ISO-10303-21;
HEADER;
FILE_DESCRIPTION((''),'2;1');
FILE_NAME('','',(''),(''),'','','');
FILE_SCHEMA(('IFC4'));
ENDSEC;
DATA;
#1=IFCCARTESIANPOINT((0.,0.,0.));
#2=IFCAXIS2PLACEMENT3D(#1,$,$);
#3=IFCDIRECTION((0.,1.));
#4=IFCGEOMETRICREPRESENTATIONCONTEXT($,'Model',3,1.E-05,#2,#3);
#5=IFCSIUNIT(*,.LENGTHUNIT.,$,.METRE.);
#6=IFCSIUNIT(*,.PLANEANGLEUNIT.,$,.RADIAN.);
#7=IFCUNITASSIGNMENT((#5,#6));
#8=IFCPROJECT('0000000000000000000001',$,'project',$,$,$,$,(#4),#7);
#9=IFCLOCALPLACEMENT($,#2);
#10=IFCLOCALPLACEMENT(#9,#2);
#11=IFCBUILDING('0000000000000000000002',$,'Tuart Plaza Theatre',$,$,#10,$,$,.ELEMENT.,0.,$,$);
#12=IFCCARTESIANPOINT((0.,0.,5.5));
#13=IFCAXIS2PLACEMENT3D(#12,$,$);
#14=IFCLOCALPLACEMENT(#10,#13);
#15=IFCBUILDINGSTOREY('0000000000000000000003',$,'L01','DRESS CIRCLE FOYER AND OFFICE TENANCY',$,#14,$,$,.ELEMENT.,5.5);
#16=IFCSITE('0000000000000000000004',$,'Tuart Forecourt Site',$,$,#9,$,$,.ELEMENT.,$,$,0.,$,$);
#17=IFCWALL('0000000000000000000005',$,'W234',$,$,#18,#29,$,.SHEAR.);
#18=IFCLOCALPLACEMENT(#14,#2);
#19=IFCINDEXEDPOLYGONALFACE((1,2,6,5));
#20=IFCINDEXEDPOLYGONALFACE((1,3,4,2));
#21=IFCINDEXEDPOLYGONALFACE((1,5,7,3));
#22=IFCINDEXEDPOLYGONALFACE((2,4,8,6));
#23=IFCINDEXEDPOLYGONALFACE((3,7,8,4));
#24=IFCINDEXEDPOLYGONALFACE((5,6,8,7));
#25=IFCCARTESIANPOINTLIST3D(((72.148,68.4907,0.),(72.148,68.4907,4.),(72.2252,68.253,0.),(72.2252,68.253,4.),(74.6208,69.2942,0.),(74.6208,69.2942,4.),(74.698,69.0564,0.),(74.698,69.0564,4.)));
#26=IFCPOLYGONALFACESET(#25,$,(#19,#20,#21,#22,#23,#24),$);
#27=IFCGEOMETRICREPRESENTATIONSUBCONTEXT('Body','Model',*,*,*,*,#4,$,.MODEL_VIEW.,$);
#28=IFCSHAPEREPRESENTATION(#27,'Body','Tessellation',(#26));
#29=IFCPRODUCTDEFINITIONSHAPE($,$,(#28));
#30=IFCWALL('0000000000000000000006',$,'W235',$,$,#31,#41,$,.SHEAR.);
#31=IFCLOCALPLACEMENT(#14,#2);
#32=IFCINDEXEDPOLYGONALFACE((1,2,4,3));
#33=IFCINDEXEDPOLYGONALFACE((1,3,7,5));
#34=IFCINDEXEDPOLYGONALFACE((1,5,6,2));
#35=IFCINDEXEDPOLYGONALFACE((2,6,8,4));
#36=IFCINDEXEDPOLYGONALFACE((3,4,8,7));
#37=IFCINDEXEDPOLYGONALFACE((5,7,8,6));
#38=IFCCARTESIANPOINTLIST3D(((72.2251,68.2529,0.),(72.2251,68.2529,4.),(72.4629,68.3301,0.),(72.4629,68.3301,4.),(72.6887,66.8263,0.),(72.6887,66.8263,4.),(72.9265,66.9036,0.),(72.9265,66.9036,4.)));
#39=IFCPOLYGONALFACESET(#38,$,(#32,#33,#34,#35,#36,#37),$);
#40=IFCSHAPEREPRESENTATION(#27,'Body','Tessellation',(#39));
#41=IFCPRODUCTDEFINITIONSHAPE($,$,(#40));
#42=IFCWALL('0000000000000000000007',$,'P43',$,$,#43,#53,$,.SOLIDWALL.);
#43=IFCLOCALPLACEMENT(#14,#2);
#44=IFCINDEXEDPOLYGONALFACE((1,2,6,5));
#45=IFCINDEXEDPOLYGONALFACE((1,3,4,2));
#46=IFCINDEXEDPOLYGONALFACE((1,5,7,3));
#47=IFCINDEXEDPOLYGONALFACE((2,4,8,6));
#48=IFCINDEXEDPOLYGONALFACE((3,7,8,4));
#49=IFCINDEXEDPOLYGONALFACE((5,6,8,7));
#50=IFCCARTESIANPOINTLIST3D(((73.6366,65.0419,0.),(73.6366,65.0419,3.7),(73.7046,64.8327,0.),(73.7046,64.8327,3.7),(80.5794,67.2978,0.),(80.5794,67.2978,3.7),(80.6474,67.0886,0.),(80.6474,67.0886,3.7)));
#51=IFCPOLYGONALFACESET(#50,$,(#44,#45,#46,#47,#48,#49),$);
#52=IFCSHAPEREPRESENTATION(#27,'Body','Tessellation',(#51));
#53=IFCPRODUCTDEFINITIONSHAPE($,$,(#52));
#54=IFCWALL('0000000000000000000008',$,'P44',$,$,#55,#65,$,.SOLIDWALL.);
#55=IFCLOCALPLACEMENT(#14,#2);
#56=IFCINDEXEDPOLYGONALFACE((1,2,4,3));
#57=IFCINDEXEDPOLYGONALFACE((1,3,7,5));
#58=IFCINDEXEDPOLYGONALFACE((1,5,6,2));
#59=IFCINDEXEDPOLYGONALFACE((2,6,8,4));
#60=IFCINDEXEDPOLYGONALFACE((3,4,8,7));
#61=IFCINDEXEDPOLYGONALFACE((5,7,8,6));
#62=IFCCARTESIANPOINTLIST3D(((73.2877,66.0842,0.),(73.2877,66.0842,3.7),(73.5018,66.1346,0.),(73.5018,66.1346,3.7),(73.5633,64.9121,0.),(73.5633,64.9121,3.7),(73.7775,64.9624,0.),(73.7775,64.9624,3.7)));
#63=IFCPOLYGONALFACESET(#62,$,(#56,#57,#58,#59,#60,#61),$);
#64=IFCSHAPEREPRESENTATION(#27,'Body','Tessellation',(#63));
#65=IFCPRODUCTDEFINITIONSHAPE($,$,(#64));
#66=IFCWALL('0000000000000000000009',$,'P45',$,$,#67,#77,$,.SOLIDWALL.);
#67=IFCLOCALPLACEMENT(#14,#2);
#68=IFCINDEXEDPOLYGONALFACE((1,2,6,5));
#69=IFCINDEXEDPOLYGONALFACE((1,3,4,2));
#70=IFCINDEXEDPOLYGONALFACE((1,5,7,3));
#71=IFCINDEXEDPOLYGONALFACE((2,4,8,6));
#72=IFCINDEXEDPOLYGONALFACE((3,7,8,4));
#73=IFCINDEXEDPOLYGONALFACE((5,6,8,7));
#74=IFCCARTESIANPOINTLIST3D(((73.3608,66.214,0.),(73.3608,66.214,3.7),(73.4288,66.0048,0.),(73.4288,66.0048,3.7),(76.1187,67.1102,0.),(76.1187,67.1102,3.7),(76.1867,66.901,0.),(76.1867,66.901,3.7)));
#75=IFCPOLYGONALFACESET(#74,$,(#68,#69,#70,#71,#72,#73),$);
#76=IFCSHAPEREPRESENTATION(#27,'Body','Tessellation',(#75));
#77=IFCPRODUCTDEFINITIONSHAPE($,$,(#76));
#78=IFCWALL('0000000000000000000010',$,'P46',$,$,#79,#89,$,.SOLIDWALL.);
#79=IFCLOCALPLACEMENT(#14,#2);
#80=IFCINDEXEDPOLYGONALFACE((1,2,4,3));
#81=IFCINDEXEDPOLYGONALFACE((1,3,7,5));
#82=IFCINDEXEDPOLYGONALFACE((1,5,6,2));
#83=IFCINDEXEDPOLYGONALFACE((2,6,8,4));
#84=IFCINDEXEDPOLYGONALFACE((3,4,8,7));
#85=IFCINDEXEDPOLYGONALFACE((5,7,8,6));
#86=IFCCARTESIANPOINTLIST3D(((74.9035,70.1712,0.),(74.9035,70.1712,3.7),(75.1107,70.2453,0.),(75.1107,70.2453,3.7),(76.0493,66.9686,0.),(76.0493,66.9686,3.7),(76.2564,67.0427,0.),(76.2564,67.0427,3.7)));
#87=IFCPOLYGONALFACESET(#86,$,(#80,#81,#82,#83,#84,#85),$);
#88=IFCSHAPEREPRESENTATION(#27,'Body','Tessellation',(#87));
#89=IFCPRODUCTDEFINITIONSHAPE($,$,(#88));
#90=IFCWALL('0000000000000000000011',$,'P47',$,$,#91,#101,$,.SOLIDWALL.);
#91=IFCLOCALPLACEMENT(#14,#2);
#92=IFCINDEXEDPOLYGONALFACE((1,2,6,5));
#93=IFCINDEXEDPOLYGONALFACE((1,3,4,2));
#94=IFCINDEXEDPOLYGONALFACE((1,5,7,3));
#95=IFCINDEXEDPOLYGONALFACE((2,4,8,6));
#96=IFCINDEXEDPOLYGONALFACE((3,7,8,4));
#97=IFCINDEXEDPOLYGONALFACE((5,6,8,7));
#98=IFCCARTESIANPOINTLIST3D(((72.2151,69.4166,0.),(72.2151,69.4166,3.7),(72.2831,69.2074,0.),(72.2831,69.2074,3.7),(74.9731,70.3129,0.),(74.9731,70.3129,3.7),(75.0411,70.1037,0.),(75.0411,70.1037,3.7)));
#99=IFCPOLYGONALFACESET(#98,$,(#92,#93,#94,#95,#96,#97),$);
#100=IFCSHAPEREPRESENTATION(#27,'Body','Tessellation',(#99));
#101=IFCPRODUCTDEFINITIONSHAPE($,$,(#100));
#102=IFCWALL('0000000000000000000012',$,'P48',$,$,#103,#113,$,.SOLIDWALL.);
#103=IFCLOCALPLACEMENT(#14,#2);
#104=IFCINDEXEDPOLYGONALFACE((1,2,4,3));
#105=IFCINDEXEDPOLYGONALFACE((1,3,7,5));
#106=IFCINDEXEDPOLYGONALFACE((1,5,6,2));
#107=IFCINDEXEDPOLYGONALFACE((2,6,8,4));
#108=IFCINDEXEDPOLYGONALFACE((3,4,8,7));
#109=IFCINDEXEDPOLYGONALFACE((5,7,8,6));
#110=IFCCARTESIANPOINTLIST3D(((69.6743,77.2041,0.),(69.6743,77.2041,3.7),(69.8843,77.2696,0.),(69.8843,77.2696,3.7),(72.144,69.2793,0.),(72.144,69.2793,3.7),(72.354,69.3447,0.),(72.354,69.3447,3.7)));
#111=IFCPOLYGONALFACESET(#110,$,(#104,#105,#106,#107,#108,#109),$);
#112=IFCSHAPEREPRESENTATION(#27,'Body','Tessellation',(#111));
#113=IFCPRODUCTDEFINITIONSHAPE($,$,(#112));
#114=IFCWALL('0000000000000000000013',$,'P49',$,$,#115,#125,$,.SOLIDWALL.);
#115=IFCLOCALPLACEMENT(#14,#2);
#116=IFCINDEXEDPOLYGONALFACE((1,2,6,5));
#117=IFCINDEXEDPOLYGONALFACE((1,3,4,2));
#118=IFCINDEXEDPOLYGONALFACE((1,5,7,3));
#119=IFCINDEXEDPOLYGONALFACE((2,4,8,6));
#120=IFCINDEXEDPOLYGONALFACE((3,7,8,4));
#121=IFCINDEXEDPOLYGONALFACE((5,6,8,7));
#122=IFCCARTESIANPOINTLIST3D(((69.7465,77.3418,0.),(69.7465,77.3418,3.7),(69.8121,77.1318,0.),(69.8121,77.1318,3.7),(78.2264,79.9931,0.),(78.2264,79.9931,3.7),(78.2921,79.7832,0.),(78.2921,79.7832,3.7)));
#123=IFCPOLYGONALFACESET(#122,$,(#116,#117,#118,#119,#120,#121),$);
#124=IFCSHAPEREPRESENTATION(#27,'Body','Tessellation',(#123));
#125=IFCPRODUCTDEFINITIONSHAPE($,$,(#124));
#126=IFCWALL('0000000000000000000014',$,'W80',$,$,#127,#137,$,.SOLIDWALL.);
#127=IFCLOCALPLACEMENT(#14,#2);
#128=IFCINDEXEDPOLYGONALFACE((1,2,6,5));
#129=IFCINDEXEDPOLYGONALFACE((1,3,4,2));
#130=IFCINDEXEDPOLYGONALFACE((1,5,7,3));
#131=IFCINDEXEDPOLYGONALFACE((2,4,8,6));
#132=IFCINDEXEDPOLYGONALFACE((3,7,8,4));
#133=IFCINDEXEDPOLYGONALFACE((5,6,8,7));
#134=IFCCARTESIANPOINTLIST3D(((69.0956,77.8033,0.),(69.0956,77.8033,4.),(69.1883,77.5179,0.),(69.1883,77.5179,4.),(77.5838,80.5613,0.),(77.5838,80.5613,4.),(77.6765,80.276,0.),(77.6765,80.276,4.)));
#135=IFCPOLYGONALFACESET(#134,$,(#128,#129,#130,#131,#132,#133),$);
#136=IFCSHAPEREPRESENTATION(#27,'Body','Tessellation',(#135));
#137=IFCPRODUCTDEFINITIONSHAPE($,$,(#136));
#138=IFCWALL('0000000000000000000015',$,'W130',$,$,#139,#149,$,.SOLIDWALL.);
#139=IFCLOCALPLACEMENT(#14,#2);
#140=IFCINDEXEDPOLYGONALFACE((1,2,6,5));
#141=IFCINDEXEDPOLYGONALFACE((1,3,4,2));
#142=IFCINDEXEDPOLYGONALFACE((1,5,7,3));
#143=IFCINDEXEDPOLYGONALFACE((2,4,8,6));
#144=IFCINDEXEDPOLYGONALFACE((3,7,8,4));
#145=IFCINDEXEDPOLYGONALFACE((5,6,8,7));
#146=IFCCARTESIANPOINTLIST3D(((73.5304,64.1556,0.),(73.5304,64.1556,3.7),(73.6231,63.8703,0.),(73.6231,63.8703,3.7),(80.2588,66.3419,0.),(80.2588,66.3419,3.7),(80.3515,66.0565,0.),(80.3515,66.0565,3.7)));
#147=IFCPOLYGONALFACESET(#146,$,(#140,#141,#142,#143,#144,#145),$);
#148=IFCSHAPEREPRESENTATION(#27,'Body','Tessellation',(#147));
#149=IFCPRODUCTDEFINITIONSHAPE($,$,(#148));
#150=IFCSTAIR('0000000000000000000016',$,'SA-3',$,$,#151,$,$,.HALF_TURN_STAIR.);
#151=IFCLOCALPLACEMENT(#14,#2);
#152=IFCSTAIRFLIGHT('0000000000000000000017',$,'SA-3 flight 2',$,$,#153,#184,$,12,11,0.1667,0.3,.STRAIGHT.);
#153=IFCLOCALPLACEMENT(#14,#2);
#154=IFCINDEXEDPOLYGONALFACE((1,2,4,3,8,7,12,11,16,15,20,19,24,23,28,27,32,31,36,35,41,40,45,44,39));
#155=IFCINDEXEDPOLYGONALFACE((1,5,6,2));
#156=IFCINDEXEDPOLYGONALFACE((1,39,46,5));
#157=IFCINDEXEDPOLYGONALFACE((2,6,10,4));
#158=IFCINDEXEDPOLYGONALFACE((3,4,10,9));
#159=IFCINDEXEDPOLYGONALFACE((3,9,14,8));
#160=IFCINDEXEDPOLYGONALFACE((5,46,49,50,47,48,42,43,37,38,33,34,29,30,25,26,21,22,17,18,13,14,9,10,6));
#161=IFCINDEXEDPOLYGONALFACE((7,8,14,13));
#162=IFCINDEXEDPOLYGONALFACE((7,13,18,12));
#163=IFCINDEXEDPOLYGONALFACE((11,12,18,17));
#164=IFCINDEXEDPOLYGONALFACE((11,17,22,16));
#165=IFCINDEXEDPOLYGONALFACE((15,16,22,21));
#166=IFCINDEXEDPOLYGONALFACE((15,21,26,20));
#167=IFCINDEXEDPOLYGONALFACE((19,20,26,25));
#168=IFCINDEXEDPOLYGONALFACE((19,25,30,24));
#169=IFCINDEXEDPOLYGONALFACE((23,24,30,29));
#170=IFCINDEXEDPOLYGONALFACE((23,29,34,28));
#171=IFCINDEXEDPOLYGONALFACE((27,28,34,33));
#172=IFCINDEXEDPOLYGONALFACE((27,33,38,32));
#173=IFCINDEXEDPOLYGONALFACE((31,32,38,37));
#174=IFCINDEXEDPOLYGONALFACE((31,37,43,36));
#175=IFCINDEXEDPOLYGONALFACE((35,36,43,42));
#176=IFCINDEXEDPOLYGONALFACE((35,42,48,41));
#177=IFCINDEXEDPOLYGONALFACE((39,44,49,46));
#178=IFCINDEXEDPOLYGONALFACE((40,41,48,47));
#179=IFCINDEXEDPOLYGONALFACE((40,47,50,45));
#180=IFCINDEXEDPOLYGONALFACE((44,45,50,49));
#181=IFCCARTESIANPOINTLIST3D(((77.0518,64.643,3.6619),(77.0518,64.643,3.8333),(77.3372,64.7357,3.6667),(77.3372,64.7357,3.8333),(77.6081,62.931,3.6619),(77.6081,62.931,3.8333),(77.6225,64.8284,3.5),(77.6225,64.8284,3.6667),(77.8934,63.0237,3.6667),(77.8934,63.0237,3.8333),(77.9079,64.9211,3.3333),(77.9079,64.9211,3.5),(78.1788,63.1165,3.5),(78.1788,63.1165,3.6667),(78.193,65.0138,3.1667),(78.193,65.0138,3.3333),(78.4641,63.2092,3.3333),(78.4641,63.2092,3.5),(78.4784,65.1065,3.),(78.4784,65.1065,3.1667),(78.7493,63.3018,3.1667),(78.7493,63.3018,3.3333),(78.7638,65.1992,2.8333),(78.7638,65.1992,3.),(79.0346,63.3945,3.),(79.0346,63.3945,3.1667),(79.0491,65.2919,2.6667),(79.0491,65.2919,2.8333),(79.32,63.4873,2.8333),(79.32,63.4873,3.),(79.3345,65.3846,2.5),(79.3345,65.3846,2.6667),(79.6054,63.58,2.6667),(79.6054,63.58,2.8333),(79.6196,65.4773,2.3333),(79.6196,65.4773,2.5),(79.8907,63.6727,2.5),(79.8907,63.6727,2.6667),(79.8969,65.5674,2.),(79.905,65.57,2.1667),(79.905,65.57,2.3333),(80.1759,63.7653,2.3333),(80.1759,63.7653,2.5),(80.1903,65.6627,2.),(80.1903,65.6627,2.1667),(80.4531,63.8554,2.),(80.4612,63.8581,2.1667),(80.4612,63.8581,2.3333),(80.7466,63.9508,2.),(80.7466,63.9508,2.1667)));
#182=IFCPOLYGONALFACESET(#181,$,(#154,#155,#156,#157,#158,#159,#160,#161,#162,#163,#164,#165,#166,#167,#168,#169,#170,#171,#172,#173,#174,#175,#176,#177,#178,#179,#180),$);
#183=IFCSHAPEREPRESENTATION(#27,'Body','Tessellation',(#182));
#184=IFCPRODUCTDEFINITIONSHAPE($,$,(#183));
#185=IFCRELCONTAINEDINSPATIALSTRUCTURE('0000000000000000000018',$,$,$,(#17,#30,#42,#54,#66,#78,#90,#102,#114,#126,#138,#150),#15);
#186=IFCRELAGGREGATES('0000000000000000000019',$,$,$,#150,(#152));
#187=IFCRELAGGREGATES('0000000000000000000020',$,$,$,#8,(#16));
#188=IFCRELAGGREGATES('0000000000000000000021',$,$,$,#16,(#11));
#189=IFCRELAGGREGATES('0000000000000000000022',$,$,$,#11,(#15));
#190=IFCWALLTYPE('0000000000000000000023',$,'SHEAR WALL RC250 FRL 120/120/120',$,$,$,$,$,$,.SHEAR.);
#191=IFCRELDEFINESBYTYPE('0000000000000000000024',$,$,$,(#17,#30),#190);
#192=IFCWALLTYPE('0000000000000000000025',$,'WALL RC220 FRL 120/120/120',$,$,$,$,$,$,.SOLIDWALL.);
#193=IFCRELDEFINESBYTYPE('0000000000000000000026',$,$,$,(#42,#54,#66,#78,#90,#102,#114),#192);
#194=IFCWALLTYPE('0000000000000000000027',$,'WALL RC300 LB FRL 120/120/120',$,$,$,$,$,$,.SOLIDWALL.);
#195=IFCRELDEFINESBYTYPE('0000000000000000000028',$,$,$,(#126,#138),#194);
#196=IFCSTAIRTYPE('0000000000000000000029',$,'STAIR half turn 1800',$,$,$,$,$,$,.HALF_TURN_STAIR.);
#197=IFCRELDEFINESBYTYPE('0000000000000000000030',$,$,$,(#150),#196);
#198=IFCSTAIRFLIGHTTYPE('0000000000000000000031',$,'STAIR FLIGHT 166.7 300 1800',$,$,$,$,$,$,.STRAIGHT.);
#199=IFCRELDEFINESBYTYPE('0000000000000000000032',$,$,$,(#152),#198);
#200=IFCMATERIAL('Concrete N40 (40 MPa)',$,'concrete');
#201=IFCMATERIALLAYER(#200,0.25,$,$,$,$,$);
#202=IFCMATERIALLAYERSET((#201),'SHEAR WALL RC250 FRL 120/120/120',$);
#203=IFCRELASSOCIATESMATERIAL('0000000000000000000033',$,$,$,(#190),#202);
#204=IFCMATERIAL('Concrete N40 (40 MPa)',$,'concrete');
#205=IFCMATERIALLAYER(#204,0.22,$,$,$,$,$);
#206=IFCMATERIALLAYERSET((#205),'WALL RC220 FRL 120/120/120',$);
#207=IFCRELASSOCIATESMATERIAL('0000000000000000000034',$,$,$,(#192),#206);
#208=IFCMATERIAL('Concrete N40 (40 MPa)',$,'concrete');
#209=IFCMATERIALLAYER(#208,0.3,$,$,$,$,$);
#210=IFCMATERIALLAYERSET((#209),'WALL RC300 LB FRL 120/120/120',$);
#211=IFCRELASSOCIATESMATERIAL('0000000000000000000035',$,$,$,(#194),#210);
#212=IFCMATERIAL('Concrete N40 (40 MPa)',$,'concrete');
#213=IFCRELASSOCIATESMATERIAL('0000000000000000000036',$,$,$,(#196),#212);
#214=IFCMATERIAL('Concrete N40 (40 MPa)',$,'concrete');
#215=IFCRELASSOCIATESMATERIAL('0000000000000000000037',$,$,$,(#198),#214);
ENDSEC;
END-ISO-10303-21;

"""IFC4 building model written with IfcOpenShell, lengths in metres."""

from ifc_helpers import new_model, si_unit, direction, frame, frame_2d, origin, place, context, subcontext, project, spatial, polyline, rectangle, outline, extrude, material, layer, layer_set, type_object, element, aggregate, save


model = new_model("IFC4")

# Units and contexts
model_context = context("Model", 3, precision=1e-05, world=origin(), true_north=direction((0.0, 1.0)))
body_context = subcontext(model_context, "Body", "Model", "MODEL_VIEW")
ifc_project = project(units=[si_unit("LENGTHUNIT", "METRE"), si_unit("PLANEANGLEUNIT", "RADIAN")], contexts=[model_context])

# Site, building, storey
site_placement = place(None, origin())
site = spatial("IfcSite", under=ifc_project, at=site_placement, Name="Tuart Forecourt Site", CompositionType="ELEMENT", RefElevation=0.0)
building_placement = place(site_placement, origin())
building = spatial("IfcBuilding", under=site, at=building_placement, Name="Tuart Plaza Theatre", CompositionType="ELEMENT", ElevationOfRefHeight=0.0)
storey_placement = place(building_placement, frame((0.0, 0.0, 5.5)))
storey = spatial("IfcBuildingStorey", under=building, at=storey_placement, Name="L01", Description="DRESS CIRCLE FOYER AND OFFICE TENANCY", CompositionType="ELEMENT", Elevation=5.5)

# Shared definitions
ifc_material_1 = material(Name="Concrete N40 (40 MPa)", Category="concrete")
ifc_layer_1 = layer(ifc_material_1, 0.25)
ifc_layer_set_1 = layer_set([ifc_layer_1], Name="SHEAR WALL RC250 FRL 120/120/120")
wall_type_1 = type_object("IfcWallType", Name="SHEAR WALL RC250 FRL 120/120/120", PredefinedType="SHEAR", material=ifc_layer_set_1)

# Walls
wall_1_placement = place(storey_placement, frame((74.6594, 69.1753, 0.0), z_axis=(0.0, 0.0, 1.0), x_axis=(-0.95106, -0.309008, 0.0)))
element("IfcWall", 1, at=wall_1_placement, inside=storey, type_object=wall_type_1, Name="W234", PredefinedType="SHEAR", context=body_context, shape_type="SweptSolid", body=[
    extrude(rectangle(XDim=2.6001, YDim=0.25, at=frame_2d((1.3, 0.0))), origin(), (0.0, 0.0, 1.0), 4.0),
])
wall_2_placement = place(storey_placement, frame((72.344, 68.2915, 0.0), z_axis=(0.0, 0.0, 1.0), x_axis=(0.30909, -0.951033, 0.0)))
element("IfcWall", 2, at=wall_2_placement, inside=storey, type_object=wall_type_1, Name="W235", PredefinedType="SHEAR", context=body_context, shape_type="SweptSolid", body=[
    extrude(rectangle(XDim=1.5, YDim=0.25, at=frame_2d((0.75, 0.0))), origin(), (0.0, 0.0, 1.0), 4.0),
])
ifc_material_2 = material(Name="Concrete N40 (40 MPa)", Category="concrete")
ifc_layer_2 = layer(ifc_material_2, 0.22)
ifc_layer_set_2 = layer_set([ifc_layer_2], Name="WALL RC220 FRL 120/120/120")
wall_type_2 = type_object("IfcWallType", Name="WALL RC220 FRL 120/120/120", PredefinedType="SOLIDWALL", material=ifc_layer_set_2)
wall_3_placement = place(storey_placement, frame((80.6133, 67.1931, 0.0), z_axis=(0.0, 0.0, 1.0), x_axis=(-0.951057, -0.309015, 0.0)))
element("IfcWall", 3, at=wall_3_placement, inside=storey, type_object=wall_type_2, Name="P43", PredefinedType="SOLIDWALL", context=body_context, shape_type="SweptSolid", body=[
    extrude(rectangle(XDim=7.3, YDim=0.22, at=frame_2d((3.6499, 0.0))), origin(), (0.0, 0.0, 1.0), 3.7),
])
wall_4_placement = place(storey_placement, frame((73.6704, 64.9373, 0.0), z_axis=(0.0, 0.0, 1.0), x_axis=(-0.228915, 0.973446, 0.0)))
element("IfcWall", 4, at=wall_4_placement, inside=storey, type_object=wall_type_2, Name="P44", PredefinedType="SOLIDWALL", context=body_context, shape_type="SweptSolid", body=[
    extrude(rectangle(XDim=1.2041, YDim=0.22, at=frame_2d((0.6021, 0.0))), origin(), (0.0, 0.0, 1.0), 3.7),
])
wall_5_placement = place(storey_placement, frame((73.3948, 66.1094, 0.0), z_axis=(0.0, 0.0, 1.0), x_axis=(0.951047, 0.309046, 0.0)))
element("IfcWall", 5, at=wall_5_placement, inside=storey, type_object=wall_type_2, Name="P45", PredefinedType="SOLIDWALL", context=body_context, shape_type="SweptSolid", body=[
    extrude(rectangle(XDim=2.8999, YDim=0.22, at=frame_2d((1.45, 0.0))), origin(), (0.0, 0.0, 1.0), 3.7),
])
wall_6_placement = place(storey_placement, frame((76.1528, 67.0056, 0.0), z_axis=(0.0, 0.0, 1.0), x_axis=(-0.336846, 0.94156, 0.0)))
element("IfcWall", 6, at=wall_6_placement, inside=storey, type_object=wall_type_2, Name="P46", PredefinedType="SOLIDWALL", context=body_context, shape_type="SweptSolid", body=[
    extrude(rectangle(XDim=3.4014, YDim=0.22, at=frame_2d((1.7007, 0.0))), origin(), (0.0, 0.0, 1.0), 3.7),
])
wall_7_placement = place(storey_placement, frame((75.0071, 70.2083, 0.0), z_axis=(0.0, 0.0, 1.0), x_axis=(-0.951047, -0.309046, 0.0)))
element("IfcWall", 7, at=wall_7_placement, inside=storey, type_object=wall_type_2, Name="P47", PredefinedType="SOLIDWALL", context=body_context, shape_type="SweptSolid", body=[
    extrude(rectangle(XDim=2.8999, YDim=0.22, at=frame_2d((1.45, 0.0))), origin(), (0.0, 0.0, 1.0), 3.7),
])
wall_8_placement = place(storey_placement, frame((72.249, 69.312, 0.0), z_axis=(0.0, 0.0, 1.0), x_axis=(-0.297531, 0.954712, 0.0)))
element("IfcWall", 8, at=wall_8_placement, inside=storey, type_object=wall_type_2, Name="P48", PredefinedType="SOLIDWALL", context=body_context, shape_type="SweptSolid", body=[
    extrude(rectangle(XDim=8.3008, YDim=0.22, at=frame_2d((4.1504, 0.0))), origin(), (0.0, 0.0, 1.0), 3.7),
])
wall_9_placement = place(storey_placement, frame((69.7793, 77.2368, 0.0), z_axis=(0.0, 0.0, 1.0), x_axis=(0.954436, 0.298416, 0.0)))
element("IfcWall", 9, at=wall_9_placement, inside=storey, type_object=wall_type_2, Name="P49", PredefinedType="SOLIDWALL", context=body_context, shape_type="SweptSolid", body=[
    extrude(rectangle(XDim=8.8848, YDim=0.22, at=frame_2d((4.4424, 0.0))), origin(), (0.0, 0.0, 1.0), 3.7),
])
ifc_material_3 = material(Name="Concrete N40 (40 MPa)", Category="concrete")
ifc_layer_3 = layer(ifc_material_3, 0.3)
ifc_layer_set_3 = layer_set([ifc_layer_3], Name="WALL RC300 LB FRL 120/120/120")
wall_type_3 = type_object("IfcWallType", Name="WALL RC300 LB FRL 120/120/120", PredefinedType="SOLIDWALL", material=ifc_layer_set_3)
wall_10_placement = place(storey_placement, frame((69.1421, 77.6606, 0.0), z_axis=(0.0, 0.0, 1.0), x_axis=(0.951055, 0.309022, 0.0)))
element("IfcWall", 10, at=wall_10_placement, inside=storey, type_object=wall_type_3, Name="W80", PredefinedType="SOLIDWALL", context=body_context, shape_type="SweptSolid", body=[
    extrude(rectangle(XDim=8.925, YDim=0.3, at=frame_2d((4.4624, 0.0))), origin(), (0.0, 0.0, 1.0), 4.0),
])
wall_11_placement = place(storey_placement, frame((80.3052, 66.1992, 0.0), z_axis=(0.0, 0.0, 1.0), x_axis=(-0.951054, -0.309024, 0.0)))
element("IfcWall", 11, at=wall_11_placement, inside=storey, type_object=wall_type_3, Name="W130", PredefinedType="SOLIDWALL", context=body_context, shape_type="SweptSolid", body=[
    extrude(rectangle(XDim=7.0747, YDim=0.3, at=frame_2d((3.5374, 0.0))), origin(), (0.0, 0.0, 1.0), 3.7),
])

# Stair, stair flight
ifc_material_4 = material(Name="Concrete N40 (40 MPa)", Category="concrete")
stair_type = type_object("IfcStairType", Name="STAIR half turn 1800", PredefinedType="HALF_TURN_STAIR", material=ifc_material_4)
stair_placement = place(storey_placement, origin())
stair = element("IfcStair", 12, at=stair_placement, inside=storey, type_object=stair_type, Name="SA-3", PredefinedType="HALF_TURN_STAIR")
ifc_material_5 = material(Name="Concrete N40 (40 MPa)", Category="concrete")
stair_flight_type = type_object("IfcStairFlightType", Name="STAIR FLIGHT 166.7 300 1800", PredefinedType="STRAIGHT", material=ifc_material_5)
stair_flight_placement = place(storey_placement, frame((80.4685, 64.8066, 2.0), z_axis=(0.0, 0.0, 1.0), x_axis=(-0.951057, -0.309017, 0.0)))
stair_flight = element("IfcStairFlight", 13, at=stair_flight_placement, type_object=stair_flight_type, Name="SA-3 flight 2", NumberOfRisers=12, NumberOfTreads=11, PredefinedType="STRAIGHT", RiserHeight=0.1667, TreadLength=0.3, context=body_context, shape_type="SweptSolid", body=[
    extrude(outline(polyline([(0.0, 0.0), (0.0, 0.1667), (0.3, 0.1667), (0.3, 0.3333), (0.6001, 0.3333), (0.6001, 0.5), (0.8999, 0.5), (0.8999, 0.6667), (1.2, 0.6667), (1.2, 0.8333), (1.5, 0.8333), (1.5, 1.0), (1.8, 1.0), (1.8, 1.1667), (2.1001, 1.1667), (2.1001, 1.3333), (2.3999, 1.3333), (2.3999, 1.5), (2.7, 1.5), (2.7, 1.6667), (3.0, 1.6667), (3.0, 1.8333), (3.3, 1.8333), (3.3, 2.0), (3.3, 1.6619), (0.3086, 0.0), (0.0, 0.0)])), frame((0.0, 0.8999, 0.0), z_axis=(0.0, -1.0, 0.0), x_axis=(1.0, 0.0, 0.0)), (0.0, 0.0, 1.0), 1.8),
])
aggregate(stair, [stair_flight])

save(model, "model.ifc")
